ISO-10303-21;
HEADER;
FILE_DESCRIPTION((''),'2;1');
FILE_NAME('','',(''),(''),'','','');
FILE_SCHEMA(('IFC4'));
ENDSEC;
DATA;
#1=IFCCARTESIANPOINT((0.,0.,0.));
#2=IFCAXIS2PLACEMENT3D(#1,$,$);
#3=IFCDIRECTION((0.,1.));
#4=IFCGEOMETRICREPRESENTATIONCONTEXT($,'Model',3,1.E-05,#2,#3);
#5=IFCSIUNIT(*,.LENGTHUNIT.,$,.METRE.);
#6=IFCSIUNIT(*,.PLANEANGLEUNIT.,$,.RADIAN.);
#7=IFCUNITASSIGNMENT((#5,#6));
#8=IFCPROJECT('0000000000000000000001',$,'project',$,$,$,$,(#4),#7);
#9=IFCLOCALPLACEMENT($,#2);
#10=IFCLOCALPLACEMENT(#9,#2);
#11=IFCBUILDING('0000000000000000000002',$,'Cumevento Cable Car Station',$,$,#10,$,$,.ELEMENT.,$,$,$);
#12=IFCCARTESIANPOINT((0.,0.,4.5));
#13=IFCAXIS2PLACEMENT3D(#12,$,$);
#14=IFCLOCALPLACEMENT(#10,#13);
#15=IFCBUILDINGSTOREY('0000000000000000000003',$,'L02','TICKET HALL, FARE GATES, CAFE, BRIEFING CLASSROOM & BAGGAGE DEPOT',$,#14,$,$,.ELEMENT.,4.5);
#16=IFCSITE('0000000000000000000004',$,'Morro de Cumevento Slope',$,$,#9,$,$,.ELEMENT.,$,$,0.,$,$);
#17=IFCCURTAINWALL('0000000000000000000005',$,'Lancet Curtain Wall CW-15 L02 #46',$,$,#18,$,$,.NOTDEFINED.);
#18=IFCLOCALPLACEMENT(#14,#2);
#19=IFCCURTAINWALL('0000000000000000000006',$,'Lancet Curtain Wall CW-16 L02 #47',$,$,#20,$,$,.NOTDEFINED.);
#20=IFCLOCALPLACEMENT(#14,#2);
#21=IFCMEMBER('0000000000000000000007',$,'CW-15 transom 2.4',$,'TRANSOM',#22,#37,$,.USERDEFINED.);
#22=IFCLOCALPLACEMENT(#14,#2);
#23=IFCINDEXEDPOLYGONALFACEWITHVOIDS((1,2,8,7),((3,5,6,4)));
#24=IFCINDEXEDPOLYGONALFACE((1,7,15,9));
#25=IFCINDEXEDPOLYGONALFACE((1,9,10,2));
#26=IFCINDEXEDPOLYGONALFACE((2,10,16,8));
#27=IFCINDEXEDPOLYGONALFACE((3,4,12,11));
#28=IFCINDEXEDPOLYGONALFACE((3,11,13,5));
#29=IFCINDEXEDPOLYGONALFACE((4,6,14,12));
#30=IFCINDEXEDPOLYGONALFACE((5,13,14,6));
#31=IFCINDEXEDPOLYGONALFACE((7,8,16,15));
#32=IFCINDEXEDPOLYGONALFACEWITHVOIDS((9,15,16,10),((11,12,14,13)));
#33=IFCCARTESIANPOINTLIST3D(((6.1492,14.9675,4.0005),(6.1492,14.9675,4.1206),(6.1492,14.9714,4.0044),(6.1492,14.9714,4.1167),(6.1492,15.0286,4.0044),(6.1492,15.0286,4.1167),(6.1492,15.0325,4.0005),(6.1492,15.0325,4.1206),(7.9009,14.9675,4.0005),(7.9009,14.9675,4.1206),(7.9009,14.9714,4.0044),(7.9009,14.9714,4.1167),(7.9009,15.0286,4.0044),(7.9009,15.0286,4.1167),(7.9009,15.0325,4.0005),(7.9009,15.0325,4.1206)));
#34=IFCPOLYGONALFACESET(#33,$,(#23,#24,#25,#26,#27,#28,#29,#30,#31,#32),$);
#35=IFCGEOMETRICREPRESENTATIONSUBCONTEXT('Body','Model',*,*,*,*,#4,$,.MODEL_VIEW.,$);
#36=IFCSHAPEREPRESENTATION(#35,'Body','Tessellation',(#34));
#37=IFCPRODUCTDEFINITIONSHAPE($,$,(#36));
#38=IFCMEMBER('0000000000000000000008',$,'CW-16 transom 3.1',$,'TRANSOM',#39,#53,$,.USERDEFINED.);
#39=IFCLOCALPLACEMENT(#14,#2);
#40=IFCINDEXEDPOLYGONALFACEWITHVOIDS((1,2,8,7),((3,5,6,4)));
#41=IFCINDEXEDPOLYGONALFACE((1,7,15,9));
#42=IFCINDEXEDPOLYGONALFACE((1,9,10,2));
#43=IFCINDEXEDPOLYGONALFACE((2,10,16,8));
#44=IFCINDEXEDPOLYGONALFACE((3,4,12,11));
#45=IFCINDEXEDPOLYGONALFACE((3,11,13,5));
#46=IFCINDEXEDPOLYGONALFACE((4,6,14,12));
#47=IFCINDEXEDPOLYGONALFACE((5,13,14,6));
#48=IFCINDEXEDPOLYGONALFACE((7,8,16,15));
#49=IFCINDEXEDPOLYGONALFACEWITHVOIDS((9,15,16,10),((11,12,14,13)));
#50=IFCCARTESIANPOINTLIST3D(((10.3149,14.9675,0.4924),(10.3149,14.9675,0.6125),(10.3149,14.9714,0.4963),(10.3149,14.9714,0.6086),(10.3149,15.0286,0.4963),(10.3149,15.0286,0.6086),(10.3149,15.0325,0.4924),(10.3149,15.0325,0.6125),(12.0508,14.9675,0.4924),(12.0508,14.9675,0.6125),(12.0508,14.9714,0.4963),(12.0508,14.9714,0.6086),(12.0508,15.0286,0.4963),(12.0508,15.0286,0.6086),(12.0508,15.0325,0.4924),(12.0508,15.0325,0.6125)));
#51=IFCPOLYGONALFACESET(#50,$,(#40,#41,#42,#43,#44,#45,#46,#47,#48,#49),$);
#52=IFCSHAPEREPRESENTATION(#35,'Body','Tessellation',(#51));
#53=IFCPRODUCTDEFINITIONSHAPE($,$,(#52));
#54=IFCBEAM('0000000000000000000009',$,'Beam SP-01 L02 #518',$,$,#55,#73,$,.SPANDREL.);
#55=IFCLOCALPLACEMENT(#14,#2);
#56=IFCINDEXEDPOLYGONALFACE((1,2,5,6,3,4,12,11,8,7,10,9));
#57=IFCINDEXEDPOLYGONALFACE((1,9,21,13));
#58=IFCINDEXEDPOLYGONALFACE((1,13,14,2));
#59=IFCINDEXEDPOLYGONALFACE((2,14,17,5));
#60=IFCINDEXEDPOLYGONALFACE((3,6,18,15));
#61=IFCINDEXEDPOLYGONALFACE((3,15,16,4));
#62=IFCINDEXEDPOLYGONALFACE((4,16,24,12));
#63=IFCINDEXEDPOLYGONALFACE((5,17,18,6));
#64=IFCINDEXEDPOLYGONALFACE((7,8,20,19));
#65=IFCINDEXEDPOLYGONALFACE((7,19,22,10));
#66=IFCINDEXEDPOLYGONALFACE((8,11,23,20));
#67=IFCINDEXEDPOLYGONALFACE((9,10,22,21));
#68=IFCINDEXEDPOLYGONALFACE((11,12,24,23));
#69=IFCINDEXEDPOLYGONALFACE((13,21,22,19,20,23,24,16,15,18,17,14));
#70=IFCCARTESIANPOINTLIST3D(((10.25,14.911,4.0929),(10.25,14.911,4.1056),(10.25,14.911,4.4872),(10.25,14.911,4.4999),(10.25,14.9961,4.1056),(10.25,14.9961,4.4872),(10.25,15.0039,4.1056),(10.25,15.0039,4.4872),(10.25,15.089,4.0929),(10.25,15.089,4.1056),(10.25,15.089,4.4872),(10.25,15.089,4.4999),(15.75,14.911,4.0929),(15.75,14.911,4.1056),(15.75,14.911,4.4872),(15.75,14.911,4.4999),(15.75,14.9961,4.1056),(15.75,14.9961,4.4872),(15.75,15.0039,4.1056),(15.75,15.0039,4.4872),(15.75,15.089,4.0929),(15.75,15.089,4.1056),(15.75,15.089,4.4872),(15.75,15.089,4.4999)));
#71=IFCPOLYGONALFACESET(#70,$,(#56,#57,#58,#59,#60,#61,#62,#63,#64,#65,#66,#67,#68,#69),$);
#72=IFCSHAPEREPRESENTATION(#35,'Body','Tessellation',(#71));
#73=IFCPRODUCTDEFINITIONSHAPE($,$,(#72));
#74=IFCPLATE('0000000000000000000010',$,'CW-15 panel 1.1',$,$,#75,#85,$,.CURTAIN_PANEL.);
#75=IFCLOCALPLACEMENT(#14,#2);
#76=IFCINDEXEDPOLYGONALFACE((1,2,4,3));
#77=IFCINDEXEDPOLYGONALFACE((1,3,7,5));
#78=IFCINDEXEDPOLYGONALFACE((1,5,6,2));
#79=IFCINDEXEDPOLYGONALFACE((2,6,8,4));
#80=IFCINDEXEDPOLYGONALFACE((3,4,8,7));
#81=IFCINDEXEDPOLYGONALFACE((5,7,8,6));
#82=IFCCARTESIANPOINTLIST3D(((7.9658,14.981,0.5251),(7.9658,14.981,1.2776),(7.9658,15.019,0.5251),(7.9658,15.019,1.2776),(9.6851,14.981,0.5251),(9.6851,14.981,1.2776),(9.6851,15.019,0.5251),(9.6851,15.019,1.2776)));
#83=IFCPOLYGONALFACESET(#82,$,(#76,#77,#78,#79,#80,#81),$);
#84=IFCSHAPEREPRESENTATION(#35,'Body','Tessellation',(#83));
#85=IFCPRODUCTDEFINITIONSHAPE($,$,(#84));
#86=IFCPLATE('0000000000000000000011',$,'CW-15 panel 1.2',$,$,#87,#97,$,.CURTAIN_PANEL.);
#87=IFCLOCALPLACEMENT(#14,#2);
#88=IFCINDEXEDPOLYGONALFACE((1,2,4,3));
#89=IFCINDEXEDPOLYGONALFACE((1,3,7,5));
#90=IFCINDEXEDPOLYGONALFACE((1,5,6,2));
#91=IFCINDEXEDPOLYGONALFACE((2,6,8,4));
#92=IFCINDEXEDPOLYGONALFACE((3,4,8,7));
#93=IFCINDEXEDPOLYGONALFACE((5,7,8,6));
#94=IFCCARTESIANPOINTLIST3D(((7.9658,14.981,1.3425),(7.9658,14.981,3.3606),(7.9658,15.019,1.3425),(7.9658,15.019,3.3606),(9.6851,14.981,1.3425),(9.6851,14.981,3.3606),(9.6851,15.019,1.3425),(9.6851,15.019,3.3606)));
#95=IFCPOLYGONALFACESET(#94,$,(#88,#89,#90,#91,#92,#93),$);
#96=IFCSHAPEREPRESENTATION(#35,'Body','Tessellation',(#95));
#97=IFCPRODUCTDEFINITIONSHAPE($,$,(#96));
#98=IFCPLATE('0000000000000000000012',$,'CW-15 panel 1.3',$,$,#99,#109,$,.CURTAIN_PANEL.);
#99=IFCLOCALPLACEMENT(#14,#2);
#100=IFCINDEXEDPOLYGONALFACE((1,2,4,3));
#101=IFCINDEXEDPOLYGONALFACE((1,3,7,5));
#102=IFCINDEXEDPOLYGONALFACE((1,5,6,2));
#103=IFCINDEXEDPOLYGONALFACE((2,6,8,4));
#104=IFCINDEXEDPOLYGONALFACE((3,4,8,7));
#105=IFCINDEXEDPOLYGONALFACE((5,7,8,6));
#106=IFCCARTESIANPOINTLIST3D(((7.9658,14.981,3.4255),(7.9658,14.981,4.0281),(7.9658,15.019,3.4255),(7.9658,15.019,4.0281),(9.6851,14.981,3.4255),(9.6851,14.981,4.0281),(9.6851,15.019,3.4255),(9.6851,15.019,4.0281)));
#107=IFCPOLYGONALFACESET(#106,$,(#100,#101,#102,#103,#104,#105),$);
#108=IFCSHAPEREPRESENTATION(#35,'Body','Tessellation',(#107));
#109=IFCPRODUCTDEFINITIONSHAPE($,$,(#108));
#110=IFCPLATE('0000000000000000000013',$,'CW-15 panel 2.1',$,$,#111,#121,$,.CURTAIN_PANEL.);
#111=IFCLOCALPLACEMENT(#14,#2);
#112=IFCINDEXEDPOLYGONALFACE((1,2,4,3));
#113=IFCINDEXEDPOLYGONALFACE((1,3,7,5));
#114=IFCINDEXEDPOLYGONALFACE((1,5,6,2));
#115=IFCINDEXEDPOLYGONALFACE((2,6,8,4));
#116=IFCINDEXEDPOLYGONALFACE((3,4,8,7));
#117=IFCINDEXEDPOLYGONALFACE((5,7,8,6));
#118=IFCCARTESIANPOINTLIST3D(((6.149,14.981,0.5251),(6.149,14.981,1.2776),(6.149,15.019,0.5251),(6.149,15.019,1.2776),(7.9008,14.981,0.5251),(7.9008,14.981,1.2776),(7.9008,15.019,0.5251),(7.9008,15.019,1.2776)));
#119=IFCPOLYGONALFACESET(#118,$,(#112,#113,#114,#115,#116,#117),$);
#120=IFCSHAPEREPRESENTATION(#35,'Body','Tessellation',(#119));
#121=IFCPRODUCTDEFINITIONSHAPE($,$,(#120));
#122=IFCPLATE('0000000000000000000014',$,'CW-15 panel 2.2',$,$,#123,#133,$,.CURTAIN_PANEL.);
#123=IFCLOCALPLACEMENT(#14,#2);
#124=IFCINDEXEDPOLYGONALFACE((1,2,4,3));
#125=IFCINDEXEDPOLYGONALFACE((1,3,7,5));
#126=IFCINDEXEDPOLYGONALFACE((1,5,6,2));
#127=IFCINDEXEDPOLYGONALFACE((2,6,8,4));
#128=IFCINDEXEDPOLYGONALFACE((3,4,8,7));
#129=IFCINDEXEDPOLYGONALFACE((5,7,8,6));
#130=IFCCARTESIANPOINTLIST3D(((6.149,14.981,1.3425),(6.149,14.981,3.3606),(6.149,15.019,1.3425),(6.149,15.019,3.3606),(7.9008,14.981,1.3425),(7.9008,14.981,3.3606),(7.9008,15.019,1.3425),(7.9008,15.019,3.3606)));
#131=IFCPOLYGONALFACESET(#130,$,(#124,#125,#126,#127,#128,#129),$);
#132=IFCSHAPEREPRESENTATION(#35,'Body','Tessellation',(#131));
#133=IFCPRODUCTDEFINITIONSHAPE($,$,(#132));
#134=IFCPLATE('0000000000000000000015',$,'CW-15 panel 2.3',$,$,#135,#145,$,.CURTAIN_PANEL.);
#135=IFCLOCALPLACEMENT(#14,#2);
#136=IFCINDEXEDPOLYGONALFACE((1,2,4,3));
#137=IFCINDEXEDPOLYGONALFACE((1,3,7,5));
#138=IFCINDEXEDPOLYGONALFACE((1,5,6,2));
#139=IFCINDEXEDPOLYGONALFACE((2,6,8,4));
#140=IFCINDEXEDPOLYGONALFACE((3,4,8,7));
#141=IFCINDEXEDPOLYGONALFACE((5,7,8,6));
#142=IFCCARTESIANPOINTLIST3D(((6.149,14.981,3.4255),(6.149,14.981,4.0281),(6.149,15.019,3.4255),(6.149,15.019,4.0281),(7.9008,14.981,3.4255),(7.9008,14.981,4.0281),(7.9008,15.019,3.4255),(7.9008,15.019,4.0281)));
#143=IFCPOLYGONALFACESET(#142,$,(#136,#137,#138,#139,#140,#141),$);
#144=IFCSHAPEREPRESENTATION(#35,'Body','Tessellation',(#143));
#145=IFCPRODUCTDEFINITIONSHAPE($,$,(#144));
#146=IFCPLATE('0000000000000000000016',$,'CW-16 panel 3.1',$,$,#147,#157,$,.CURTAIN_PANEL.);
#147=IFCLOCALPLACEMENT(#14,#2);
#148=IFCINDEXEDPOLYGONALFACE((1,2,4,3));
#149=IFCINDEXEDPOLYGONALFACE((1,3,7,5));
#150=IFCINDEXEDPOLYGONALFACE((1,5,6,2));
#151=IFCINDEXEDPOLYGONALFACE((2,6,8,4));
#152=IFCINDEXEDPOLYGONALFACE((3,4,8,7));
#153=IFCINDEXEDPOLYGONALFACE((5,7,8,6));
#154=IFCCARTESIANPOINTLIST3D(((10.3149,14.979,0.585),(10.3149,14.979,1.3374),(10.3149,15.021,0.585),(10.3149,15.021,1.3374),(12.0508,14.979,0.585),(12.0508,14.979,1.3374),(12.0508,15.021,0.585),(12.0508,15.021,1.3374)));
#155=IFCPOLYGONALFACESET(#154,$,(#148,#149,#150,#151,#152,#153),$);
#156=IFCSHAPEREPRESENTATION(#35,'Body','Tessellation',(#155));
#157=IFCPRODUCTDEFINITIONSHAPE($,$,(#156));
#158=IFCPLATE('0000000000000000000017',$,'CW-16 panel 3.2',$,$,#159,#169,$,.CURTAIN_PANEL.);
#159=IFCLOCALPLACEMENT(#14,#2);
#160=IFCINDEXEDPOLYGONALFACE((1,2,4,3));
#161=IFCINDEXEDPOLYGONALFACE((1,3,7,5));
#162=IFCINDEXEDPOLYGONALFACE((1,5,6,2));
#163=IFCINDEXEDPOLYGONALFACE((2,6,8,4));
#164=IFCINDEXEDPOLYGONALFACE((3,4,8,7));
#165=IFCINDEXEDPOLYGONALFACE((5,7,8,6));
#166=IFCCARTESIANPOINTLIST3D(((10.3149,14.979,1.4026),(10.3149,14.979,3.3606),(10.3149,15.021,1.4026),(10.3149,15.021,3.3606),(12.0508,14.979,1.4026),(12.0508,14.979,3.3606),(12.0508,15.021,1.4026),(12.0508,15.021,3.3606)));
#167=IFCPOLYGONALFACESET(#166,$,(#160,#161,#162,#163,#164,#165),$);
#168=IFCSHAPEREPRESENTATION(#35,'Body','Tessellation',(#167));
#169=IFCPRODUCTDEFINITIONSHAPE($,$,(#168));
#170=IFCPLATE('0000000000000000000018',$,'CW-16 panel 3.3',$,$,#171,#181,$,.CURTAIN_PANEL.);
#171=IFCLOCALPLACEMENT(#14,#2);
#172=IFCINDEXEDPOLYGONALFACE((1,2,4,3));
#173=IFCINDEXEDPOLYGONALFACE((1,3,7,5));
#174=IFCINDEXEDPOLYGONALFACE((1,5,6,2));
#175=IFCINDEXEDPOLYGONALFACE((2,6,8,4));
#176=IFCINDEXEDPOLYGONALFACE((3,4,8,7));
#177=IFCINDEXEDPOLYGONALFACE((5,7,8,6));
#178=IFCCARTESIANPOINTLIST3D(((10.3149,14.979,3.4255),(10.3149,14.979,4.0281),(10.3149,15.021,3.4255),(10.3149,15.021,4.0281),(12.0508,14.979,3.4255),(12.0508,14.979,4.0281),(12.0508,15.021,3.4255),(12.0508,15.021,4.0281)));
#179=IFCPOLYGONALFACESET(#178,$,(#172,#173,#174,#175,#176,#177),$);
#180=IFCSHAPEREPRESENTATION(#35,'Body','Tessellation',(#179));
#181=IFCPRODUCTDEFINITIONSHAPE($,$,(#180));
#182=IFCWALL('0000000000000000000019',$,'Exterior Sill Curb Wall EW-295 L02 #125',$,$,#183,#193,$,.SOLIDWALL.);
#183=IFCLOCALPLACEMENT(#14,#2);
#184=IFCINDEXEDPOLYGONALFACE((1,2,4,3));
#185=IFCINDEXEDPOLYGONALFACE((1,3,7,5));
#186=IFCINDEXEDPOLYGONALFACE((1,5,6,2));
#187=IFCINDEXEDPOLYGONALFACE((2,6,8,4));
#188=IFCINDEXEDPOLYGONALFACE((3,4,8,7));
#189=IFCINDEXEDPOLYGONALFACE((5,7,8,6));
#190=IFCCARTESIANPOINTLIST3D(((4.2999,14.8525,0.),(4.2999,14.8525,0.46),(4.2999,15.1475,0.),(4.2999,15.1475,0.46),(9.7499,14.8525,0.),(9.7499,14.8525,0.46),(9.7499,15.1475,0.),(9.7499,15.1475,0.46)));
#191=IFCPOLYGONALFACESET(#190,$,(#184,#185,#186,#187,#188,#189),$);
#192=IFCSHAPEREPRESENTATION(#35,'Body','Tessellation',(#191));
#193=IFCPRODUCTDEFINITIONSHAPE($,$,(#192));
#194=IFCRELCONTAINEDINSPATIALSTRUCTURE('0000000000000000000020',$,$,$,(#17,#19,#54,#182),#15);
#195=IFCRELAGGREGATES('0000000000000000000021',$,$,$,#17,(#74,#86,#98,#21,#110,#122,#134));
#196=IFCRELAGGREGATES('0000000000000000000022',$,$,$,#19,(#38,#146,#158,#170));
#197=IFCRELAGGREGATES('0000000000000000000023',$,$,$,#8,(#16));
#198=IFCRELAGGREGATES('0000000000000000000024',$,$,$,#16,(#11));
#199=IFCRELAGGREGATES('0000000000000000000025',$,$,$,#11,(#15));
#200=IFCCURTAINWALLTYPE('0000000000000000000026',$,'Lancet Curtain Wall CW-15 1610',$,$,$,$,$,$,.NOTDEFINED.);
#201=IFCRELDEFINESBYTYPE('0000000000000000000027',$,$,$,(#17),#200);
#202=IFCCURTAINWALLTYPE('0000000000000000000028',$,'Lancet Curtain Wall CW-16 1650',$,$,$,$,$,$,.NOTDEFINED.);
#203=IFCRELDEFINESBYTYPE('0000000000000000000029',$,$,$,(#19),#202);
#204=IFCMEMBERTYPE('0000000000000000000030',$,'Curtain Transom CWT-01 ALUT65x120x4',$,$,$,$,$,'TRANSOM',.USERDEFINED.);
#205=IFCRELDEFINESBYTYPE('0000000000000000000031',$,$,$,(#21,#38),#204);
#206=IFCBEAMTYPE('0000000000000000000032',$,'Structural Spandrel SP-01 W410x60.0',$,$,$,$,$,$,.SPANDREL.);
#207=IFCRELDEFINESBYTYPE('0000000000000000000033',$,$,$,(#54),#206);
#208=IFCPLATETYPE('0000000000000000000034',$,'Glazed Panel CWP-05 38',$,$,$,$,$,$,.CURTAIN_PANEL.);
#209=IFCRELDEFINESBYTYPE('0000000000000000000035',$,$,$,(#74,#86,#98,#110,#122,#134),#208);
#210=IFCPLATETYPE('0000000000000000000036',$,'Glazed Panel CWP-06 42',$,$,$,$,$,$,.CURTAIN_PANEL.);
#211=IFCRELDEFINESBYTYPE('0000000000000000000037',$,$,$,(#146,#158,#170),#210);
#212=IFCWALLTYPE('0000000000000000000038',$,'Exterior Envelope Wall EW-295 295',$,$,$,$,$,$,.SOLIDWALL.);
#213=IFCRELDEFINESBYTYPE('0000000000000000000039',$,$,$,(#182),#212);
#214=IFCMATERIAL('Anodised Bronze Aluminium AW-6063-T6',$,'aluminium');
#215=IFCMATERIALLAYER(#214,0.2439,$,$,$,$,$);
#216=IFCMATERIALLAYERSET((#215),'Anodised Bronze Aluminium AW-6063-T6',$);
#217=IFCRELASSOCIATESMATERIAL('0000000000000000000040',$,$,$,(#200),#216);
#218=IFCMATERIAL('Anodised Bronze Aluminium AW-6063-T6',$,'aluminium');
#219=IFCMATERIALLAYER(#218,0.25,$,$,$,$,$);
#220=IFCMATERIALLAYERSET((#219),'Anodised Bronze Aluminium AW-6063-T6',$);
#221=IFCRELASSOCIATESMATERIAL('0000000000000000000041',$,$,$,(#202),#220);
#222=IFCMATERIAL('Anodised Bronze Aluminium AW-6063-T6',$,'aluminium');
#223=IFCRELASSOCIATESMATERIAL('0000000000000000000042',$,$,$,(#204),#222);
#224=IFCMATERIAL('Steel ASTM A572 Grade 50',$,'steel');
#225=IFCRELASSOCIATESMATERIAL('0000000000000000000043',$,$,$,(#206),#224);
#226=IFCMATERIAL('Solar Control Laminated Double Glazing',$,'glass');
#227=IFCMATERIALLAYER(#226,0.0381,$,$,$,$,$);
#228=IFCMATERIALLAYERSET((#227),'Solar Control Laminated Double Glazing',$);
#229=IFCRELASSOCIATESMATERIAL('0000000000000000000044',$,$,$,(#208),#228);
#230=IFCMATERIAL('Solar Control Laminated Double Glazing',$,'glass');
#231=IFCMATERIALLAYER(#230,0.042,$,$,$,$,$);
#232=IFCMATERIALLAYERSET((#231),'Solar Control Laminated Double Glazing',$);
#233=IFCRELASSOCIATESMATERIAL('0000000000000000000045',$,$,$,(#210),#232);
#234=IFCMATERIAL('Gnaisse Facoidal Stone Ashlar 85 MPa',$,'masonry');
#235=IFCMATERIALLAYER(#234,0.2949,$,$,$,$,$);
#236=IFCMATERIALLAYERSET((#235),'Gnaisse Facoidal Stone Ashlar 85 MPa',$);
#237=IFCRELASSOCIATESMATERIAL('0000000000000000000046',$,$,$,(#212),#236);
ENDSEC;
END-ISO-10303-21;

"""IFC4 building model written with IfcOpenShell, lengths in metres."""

from ifc_helpers import new_model, si_unit, direction, frame, frame_2d, origin, origin_2d, place, context, subcontext, project, spatial, rectangle, hollow_rectangle, i_section, extrude, material, layer, layer_set, material_profile, profile_set, type_object, element, aggregate, save


model = new_model("IFC4")

# Units and contexts
model_context = context("Model", 3, precision=1e-05, world=origin(), true_north=direction((0.0, 1.0)))
body_context = subcontext(model_context, "Body", "Model", "MODEL_VIEW")
ifc_project = project(units=[si_unit("LENGTHUNIT", "METRE"), si_unit("PLANEANGLEUNIT", "RADIAN")], contexts=[model_context])

# Site, building, storey
site_placement = place(None, origin())
site = spatial("IfcSite", under=ifc_project, at=site_placement, Name="Morro de Cumevento Slope", CompositionType="ELEMENT", RefElevation=0.0)
building_placement = place(site_placement, origin())
building = spatial("IfcBuilding", under=site, at=building_placement, Name="Cumevento Cable Car Station", CompositionType="ELEMENT")
storey_placement = place(building_placement, frame((0.0, 0.0, 4.5)))
storey = spatial("IfcBuildingStorey", under=building, at=storey_placement, Name="L02", Description="TICKET HALL, FARE GATES, CAFE, BRIEFING CLASSROOM & BAGGAGE DEPOT", CompositionType="ELEMENT", Elevation=4.5)

# Curtain wall
ifc_material_1 = material(Name="Anodised Bronze Aluminium AW-6063-T6", Category="aluminium")
ifc_layer_1 = layer(ifc_material_1, 0.2439)
ifc_layer_set_1 = layer_set([ifc_layer_1], Name="Anodised Bronze Aluminium AW-6063-T6")
curtain_wall_type_1 = type_object("IfcCurtainWallType", Name="Lancet Curtain Wall CW-15 1610", PredefinedType="NOTDEFINED", material=ifc_layer_set_1)
curtain_wall_1_placement = place(storey_placement, origin())
curtain_wall_1 = element("IfcCurtainWall", 1, at=curtain_wall_1_placement, inside=storey, type_object=curtain_wall_type_1, Name="Lancet Curtain Wall CW-15 L02 #46", PredefinedType="NOTDEFINED")

# Curtain wall
ifc_material_2 = material(Name="Anodised Bronze Aluminium AW-6063-T6", Category="aluminium")
ifc_layer_2 = layer(ifc_material_2, 0.25)
ifc_layer_set_2 = layer_set([ifc_layer_2], Name="Anodised Bronze Aluminium AW-6063-T6")
curtain_wall_type_2 = type_object("IfcCurtainWallType", Name="Lancet Curtain Wall CW-16 1650", PredefinedType="NOTDEFINED", material=ifc_layer_set_2)
curtain_wall_2_placement = place(storey_placement, origin())
curtain_wall_2 = element("IfcCurtainWall", 2, at=curtain_wall_2_placement, inside=storey, type_object=curtain_wall_type_2, Name="Lancet Curtain Wall CW-16 L02 #47", PredefinedType="NOTDEFINED")

# Members
ifc_material_3 = material(Name="Anodised Bronze Aluminium AW-6063-T6", Category="aluminium")
ifc_material_profile_1 = material_profile(ifc_material_3, hollow_rectangle(XDim=0.0649, YDim=0.1201, WallThickness=0.0039, at=origin_2d()), Name="ALUT65x120x4")
ifc_profile_set_1 = profile_set([ifc_material_profile_1], Name="Anodised Bronze Aluminium AW-6063-T6")
member_type_1 = type_object("IfcMemberType", Name="Curtain Transom CWT-01 ALUT65x120x4", ElementType="TRANSOM", PredefinedType="USERDEFINED", material=ifc_profile_set_1)
member_1_placement = place(storey_placement, frame((7.9009, 15.0, 4.0605), z_axis=(-1.0, 0.0, 0.0), x_axis=(0.0, -1.0, 0.0)))
member_1 = element("IfcMember", 3, at=member_1_placement, type_object=member_type_1, Name="CW-15 transom 2.4", ObjectType="TRANSOM", PredefinedType="USERDEFINED", context=body_context, shape_type="SweptSolid", body=[
    extrude(hollow_rectangle(XDim=0.0649, YDim=0.1201, WallThickness=0.0039, at=origin_2d()), origin(), (0.0, 0.0, 1.0), 1.7517),
])
member_2_placement = place(storey_placement, frame((12.0508, 15.0, 0.5525), z_axis=(-1.0, 0.0, 0.0), x_axis=(0.0, -1.0, 0.0)))
member_2 = element("IfcMember", 4, at=member_2_placement, type_object=member_type_1, Name="CW-16 transom 3.1", ObjectType="TRANSOM", PredefinedType="USERDEFINED", context=body_context, shape_type="SweptSolid", body=[
    extrude(hollow_rectangle(XDim=0.0649, YDim=0.1201, WallThickness=0.0039, at=origin_2d()), origin(), (0.0, 0.0, 1.0), 1.7358),
])

# Beam
ifc_material_4 = material(Name="Steel ASTM A572 Grade 50", Category="steel")
ifc_material_profile_2 = material_profile(ifc_material_4, i_section(OverallWidth=0.178, OverallDepth=0.407, WebThickness=0.0078, FlangeThickness=0.0127, at=origin_2d()), Name="W410x60.0")
ifc_profile_set_2 = profile_set([ifc_material_profile_2], Name="Steel ASTM A572 Grade 50")
beam_type = type_object("IfcBeamType", Name="Structural Spandrel SP-01 W410x60.0", PredefinedType="SPANDREL", material=ifc_profile_set_2)
beam_placement = place(storey_placement, frame((10.25, 15.0, 4.2964), z_axis=(1.0, 0.0, 0.0), x_axis=(0.0, 1.0, 0.0)))
element("IfcBeam", 5, at=beam_placement, inside=storey, type_object=beam_type, Name="Beam SP-01 L02 #518", PredefinedType="SPANDREL", context=body_context, shape_type="SweptSolid", body=[
    extrude(i_section(OverallWidth=0.178, OverallDepth=0.407, WebThickness=0.0078, FlangeThickness=0.0127, at=origin_2d()), origin(), (0.0, 0.0, 1.0), 5.5),
])

# Plates
ifc_material_5 = material(Name="Solar Control Laminated Double Glazing", Category="glass")
ifc_layer_3 = layer(ifc_material_5, 0.0381)
ifc_layer_set_3 = layer_set([ifc_layer_3], Name="Solar Control Laminated Double Glazing")
plate_type_1 = type_object("IfcPlateType", Name="Glazed Panel CWP-05 38", PredefinedType="CURTAIN_PANEL", material=ifc_layer_set_3)
plate_1_placement = place(storey_placement, frame((8.8254, 15.0, 0.5251), z_axis=(0.0, 0.0, 1.0), x_axis=(-1.0, 0.0, 0.0)))
plate_1 = element("IfcPlate", 6, at=plate_1_placement, type_object=plate_type_1, Name="CW-15 panel 1.1", PredefinedType="CURTAIN_PANEL", context=body_context, shape_type="SweptSolid", body=[
    extrude(rectangle(XDim=1.7192, YDim=0.0381, at=origin_2d()), origin(), (0.0, 0.0, 1.0), 0.7524),
])
plate_2_placement = place(storey_placement, frame((8.8254, 15.0, 1.3425), z_axis=(0.0, 0.0, 1.0), x_axis=(-1.0, 0.0, 0.0)))
plate_2 = element("IfcPlate", 7, at=plate_2_placement, type_object=plate_type_1, Name="CW-15 panel 1.2", PredefinedType="CURTAIN_PANEL", context=body_context, shape_type="SweptSolid", body=[
    extrude(rectangle(XDim=1.7192, YDim=0.0381, at=origin_2d()), origin(), (0.0, 0.0, 1.0), 2.0181),
])
plate_3_placement = place(storey_placement, frame((8.8254, 15.0, 3.4255), z_axis=(0.0, 0.0, 1.0), x_axis=(-1.0, 0.0, 0.0)))
plate_3 = element("IfcPlate", 8, at=plate_3_placement, type_object=plate_type_1, Name="CW-15 panel 1.3", PredefinedType="CURTAIN_PANEL", context=body_context, shape_type="SweptSolid", body=[
    extrude(rectangle(XDim=1.7192, YDim=0.0381, at=origin_2d()), origin(), (0.0, 0.0, 1.0), 0.6025),
])
plate_4_placement = place(storey_placement, frame((7.0249, 15.0, 0.5251), z_axis=(0.0, 0.0, 1.0), x_axis=(-1.0, 0.0, 0.0)))
plate_4 = element("IfcPlate", 9, at=plate_4_placement, type_object=plate_type_1, Name="CW-15 panel 2.1", PredefinedType="CURTAIN_PANEL", context=body_context, shape_type="SweptSolid", body=[
    extrude(rectangle(XDim=1.7517, YDim=0.0381, at=origin_2d()), origin(), (0.0, 0.0, 1.0), 0.7524),
])
plate_5_placement = place(storey_placement, frame((7.0249, 15.0, 1.3425), z_axis=(0.0, 0.0, 1.0), x_axis=(-1.0, 0.0, 0.0)))
plate_5 = element("IfcPlate", 10, at=plate_5_placement, type_object=plate_type_1, Name="CW-15 panel 2.2", PredefinedType="CURTAIN_PANEL", context=body_context, shape_type="SweptSolid", body=[
    extrude(rectangle(XDim=1.7517, YDim=0.0381, at=origin_2d()), origin(), (0.0, 0.0, 1.0), 2.0181),
])
plate_6_placement = place(storey_placement, frame((7.0249, 15.0, 3.4255), z_axis=(0.0, 0.0, 1.0), x_axis=(-1.0, 0.0, 0.0)))
plate_6 = element("IfcPlate", 11, at=plate_6_placement, type_object=plate_type_1, Name="CW-15 panel 2.3", PredefinedType="CURTAIN_PANEL", context=body_context, shape_type="SweptSolid", body=[
    extrude(rectangle(XDim=1.7517, YDim=0.0381, at=origin_2d()), origin(), (0.0, 0.0, 1.0), 0.6025),
])
aggregate(curtain_wall_1, [plate_1, plate_2, plate_3, member_1, plate_4, plate_5, plate_6])
ifc_material_6 = material(Name="Solar Control Laminated Double Glazing", Category="glass")
ifc_layer_4 = layer(ifc_material_6, 0.042)
ifc_layer_set_4 = layer_set([ifc_layer_4], Name="Solar Control Laminated Double Glazing")
plate_type_2 = type_object("IfcPlateType", Name="Glazed Panel CWP-06 42", PredefinedType="CURTAIN_PANEL", material=ifc_layer_set_4)
plate_7_placement = place(storey_placement, frame((11.1829, 15.0, 0.585), z_axis=(0.0, 0.0, 1.0), x_axis=(-1.0, 0.0, 0.0)))
plate_7 = element("IfcPlate", 12, at=plate_7_placement, type_object=plate_type_2, Name="CW-16 panel 3.1", PredefinedType="CURTAIN_PANEL", context=body_context, shape_type="SweptSolid", body=[
    extrude(rectangle(XDim=1.7358, YDim=0.042, at=origin_2d()), origin(), (0.0, 0.0, 1.0), 0.7524),
])
plate_8_placement = place(storey_placement, frame((11.1829, 15.0, 1.4026), z_axis=(0.0, 0.0, 1.0), x_axis=(-1.0, 0.0, 0.0)))
plate_8 = element("IfcPlate", 13, at=plate_8_placement, type_object=plate_type_2, Name="CW-16 panel 3.2", PredefinedType="CURTAIN_PANEL", context=body_context, shape_type="SweptSolid", body=[
    extrude(rectangle(XDim=1.7358, YDim=0.042, at=origin_2d()), origin(), (0.0, 0.0, 1.0), 1.958),
])
plate_9_placement = place(storey_placement, frame((11.1829, 15.0, 3.4255), z_axis=(0.0, 0.0, 1.0), x_axis=(-1.0, 0.0, 0.0)))
plate_9 = element("IfcPlate", 14, at=plate_9_placement, type_object=plate_type_2, Name="CW-16 panel 3.3", PredefinedType="CURTAIN_PANEL", context=body_context, shape_type="SweptSolid", body=[
    extrude(rectangle(XDim=1.7358, YDim=0.042, at=origin_2d()), origin(), (0.0, 0.0, 1.0), 0.6025),
])
aggregate(curtain_wall_2, [member_2, plate_7, plate_8, plate_9])

# Wall
ifc_material_7 = material(Name="Gnaisse Facoidal Stone Ashlar 85 MPa", Category="masonry")
ifc_layer_5 = layer(ifc_material_7, 0.2949)
ifc_layer_set_5 = layer_set([ifc_layer_5], Name="Gnaisse Facoidal Stone Ashlar 85 MPa")
wall_type = type_object("IfcWallType", Name="Exterior Envelope Wall EW-295 295", PredefinedType="SOLIDWALL", material=ifc_layer_set_5)
wall_placement = place(storey_placement, frame((9.75, 15.0, 0.0), z_axis=(0.0, 0.0, 1.0), x_axis=(-1.0, 0.0, 0.0)))
element("IfcWall", 15, at=wall_placement, inside=storey, type_object=wall_type, Name="Exterior Sill Curb Wall EW-295 L02 #125", PredefinedType="SOLIDWALL", context=body_context, shape_type="SweptSolid", body=[
    extrude(rectangle(XDim=5.45, YDim=0.2949, at=frame_2d((2.7251, 0.0))), origin(), (0.0, 0.0, 1.0), 0.46),
])

save(model, "model.ifc")
